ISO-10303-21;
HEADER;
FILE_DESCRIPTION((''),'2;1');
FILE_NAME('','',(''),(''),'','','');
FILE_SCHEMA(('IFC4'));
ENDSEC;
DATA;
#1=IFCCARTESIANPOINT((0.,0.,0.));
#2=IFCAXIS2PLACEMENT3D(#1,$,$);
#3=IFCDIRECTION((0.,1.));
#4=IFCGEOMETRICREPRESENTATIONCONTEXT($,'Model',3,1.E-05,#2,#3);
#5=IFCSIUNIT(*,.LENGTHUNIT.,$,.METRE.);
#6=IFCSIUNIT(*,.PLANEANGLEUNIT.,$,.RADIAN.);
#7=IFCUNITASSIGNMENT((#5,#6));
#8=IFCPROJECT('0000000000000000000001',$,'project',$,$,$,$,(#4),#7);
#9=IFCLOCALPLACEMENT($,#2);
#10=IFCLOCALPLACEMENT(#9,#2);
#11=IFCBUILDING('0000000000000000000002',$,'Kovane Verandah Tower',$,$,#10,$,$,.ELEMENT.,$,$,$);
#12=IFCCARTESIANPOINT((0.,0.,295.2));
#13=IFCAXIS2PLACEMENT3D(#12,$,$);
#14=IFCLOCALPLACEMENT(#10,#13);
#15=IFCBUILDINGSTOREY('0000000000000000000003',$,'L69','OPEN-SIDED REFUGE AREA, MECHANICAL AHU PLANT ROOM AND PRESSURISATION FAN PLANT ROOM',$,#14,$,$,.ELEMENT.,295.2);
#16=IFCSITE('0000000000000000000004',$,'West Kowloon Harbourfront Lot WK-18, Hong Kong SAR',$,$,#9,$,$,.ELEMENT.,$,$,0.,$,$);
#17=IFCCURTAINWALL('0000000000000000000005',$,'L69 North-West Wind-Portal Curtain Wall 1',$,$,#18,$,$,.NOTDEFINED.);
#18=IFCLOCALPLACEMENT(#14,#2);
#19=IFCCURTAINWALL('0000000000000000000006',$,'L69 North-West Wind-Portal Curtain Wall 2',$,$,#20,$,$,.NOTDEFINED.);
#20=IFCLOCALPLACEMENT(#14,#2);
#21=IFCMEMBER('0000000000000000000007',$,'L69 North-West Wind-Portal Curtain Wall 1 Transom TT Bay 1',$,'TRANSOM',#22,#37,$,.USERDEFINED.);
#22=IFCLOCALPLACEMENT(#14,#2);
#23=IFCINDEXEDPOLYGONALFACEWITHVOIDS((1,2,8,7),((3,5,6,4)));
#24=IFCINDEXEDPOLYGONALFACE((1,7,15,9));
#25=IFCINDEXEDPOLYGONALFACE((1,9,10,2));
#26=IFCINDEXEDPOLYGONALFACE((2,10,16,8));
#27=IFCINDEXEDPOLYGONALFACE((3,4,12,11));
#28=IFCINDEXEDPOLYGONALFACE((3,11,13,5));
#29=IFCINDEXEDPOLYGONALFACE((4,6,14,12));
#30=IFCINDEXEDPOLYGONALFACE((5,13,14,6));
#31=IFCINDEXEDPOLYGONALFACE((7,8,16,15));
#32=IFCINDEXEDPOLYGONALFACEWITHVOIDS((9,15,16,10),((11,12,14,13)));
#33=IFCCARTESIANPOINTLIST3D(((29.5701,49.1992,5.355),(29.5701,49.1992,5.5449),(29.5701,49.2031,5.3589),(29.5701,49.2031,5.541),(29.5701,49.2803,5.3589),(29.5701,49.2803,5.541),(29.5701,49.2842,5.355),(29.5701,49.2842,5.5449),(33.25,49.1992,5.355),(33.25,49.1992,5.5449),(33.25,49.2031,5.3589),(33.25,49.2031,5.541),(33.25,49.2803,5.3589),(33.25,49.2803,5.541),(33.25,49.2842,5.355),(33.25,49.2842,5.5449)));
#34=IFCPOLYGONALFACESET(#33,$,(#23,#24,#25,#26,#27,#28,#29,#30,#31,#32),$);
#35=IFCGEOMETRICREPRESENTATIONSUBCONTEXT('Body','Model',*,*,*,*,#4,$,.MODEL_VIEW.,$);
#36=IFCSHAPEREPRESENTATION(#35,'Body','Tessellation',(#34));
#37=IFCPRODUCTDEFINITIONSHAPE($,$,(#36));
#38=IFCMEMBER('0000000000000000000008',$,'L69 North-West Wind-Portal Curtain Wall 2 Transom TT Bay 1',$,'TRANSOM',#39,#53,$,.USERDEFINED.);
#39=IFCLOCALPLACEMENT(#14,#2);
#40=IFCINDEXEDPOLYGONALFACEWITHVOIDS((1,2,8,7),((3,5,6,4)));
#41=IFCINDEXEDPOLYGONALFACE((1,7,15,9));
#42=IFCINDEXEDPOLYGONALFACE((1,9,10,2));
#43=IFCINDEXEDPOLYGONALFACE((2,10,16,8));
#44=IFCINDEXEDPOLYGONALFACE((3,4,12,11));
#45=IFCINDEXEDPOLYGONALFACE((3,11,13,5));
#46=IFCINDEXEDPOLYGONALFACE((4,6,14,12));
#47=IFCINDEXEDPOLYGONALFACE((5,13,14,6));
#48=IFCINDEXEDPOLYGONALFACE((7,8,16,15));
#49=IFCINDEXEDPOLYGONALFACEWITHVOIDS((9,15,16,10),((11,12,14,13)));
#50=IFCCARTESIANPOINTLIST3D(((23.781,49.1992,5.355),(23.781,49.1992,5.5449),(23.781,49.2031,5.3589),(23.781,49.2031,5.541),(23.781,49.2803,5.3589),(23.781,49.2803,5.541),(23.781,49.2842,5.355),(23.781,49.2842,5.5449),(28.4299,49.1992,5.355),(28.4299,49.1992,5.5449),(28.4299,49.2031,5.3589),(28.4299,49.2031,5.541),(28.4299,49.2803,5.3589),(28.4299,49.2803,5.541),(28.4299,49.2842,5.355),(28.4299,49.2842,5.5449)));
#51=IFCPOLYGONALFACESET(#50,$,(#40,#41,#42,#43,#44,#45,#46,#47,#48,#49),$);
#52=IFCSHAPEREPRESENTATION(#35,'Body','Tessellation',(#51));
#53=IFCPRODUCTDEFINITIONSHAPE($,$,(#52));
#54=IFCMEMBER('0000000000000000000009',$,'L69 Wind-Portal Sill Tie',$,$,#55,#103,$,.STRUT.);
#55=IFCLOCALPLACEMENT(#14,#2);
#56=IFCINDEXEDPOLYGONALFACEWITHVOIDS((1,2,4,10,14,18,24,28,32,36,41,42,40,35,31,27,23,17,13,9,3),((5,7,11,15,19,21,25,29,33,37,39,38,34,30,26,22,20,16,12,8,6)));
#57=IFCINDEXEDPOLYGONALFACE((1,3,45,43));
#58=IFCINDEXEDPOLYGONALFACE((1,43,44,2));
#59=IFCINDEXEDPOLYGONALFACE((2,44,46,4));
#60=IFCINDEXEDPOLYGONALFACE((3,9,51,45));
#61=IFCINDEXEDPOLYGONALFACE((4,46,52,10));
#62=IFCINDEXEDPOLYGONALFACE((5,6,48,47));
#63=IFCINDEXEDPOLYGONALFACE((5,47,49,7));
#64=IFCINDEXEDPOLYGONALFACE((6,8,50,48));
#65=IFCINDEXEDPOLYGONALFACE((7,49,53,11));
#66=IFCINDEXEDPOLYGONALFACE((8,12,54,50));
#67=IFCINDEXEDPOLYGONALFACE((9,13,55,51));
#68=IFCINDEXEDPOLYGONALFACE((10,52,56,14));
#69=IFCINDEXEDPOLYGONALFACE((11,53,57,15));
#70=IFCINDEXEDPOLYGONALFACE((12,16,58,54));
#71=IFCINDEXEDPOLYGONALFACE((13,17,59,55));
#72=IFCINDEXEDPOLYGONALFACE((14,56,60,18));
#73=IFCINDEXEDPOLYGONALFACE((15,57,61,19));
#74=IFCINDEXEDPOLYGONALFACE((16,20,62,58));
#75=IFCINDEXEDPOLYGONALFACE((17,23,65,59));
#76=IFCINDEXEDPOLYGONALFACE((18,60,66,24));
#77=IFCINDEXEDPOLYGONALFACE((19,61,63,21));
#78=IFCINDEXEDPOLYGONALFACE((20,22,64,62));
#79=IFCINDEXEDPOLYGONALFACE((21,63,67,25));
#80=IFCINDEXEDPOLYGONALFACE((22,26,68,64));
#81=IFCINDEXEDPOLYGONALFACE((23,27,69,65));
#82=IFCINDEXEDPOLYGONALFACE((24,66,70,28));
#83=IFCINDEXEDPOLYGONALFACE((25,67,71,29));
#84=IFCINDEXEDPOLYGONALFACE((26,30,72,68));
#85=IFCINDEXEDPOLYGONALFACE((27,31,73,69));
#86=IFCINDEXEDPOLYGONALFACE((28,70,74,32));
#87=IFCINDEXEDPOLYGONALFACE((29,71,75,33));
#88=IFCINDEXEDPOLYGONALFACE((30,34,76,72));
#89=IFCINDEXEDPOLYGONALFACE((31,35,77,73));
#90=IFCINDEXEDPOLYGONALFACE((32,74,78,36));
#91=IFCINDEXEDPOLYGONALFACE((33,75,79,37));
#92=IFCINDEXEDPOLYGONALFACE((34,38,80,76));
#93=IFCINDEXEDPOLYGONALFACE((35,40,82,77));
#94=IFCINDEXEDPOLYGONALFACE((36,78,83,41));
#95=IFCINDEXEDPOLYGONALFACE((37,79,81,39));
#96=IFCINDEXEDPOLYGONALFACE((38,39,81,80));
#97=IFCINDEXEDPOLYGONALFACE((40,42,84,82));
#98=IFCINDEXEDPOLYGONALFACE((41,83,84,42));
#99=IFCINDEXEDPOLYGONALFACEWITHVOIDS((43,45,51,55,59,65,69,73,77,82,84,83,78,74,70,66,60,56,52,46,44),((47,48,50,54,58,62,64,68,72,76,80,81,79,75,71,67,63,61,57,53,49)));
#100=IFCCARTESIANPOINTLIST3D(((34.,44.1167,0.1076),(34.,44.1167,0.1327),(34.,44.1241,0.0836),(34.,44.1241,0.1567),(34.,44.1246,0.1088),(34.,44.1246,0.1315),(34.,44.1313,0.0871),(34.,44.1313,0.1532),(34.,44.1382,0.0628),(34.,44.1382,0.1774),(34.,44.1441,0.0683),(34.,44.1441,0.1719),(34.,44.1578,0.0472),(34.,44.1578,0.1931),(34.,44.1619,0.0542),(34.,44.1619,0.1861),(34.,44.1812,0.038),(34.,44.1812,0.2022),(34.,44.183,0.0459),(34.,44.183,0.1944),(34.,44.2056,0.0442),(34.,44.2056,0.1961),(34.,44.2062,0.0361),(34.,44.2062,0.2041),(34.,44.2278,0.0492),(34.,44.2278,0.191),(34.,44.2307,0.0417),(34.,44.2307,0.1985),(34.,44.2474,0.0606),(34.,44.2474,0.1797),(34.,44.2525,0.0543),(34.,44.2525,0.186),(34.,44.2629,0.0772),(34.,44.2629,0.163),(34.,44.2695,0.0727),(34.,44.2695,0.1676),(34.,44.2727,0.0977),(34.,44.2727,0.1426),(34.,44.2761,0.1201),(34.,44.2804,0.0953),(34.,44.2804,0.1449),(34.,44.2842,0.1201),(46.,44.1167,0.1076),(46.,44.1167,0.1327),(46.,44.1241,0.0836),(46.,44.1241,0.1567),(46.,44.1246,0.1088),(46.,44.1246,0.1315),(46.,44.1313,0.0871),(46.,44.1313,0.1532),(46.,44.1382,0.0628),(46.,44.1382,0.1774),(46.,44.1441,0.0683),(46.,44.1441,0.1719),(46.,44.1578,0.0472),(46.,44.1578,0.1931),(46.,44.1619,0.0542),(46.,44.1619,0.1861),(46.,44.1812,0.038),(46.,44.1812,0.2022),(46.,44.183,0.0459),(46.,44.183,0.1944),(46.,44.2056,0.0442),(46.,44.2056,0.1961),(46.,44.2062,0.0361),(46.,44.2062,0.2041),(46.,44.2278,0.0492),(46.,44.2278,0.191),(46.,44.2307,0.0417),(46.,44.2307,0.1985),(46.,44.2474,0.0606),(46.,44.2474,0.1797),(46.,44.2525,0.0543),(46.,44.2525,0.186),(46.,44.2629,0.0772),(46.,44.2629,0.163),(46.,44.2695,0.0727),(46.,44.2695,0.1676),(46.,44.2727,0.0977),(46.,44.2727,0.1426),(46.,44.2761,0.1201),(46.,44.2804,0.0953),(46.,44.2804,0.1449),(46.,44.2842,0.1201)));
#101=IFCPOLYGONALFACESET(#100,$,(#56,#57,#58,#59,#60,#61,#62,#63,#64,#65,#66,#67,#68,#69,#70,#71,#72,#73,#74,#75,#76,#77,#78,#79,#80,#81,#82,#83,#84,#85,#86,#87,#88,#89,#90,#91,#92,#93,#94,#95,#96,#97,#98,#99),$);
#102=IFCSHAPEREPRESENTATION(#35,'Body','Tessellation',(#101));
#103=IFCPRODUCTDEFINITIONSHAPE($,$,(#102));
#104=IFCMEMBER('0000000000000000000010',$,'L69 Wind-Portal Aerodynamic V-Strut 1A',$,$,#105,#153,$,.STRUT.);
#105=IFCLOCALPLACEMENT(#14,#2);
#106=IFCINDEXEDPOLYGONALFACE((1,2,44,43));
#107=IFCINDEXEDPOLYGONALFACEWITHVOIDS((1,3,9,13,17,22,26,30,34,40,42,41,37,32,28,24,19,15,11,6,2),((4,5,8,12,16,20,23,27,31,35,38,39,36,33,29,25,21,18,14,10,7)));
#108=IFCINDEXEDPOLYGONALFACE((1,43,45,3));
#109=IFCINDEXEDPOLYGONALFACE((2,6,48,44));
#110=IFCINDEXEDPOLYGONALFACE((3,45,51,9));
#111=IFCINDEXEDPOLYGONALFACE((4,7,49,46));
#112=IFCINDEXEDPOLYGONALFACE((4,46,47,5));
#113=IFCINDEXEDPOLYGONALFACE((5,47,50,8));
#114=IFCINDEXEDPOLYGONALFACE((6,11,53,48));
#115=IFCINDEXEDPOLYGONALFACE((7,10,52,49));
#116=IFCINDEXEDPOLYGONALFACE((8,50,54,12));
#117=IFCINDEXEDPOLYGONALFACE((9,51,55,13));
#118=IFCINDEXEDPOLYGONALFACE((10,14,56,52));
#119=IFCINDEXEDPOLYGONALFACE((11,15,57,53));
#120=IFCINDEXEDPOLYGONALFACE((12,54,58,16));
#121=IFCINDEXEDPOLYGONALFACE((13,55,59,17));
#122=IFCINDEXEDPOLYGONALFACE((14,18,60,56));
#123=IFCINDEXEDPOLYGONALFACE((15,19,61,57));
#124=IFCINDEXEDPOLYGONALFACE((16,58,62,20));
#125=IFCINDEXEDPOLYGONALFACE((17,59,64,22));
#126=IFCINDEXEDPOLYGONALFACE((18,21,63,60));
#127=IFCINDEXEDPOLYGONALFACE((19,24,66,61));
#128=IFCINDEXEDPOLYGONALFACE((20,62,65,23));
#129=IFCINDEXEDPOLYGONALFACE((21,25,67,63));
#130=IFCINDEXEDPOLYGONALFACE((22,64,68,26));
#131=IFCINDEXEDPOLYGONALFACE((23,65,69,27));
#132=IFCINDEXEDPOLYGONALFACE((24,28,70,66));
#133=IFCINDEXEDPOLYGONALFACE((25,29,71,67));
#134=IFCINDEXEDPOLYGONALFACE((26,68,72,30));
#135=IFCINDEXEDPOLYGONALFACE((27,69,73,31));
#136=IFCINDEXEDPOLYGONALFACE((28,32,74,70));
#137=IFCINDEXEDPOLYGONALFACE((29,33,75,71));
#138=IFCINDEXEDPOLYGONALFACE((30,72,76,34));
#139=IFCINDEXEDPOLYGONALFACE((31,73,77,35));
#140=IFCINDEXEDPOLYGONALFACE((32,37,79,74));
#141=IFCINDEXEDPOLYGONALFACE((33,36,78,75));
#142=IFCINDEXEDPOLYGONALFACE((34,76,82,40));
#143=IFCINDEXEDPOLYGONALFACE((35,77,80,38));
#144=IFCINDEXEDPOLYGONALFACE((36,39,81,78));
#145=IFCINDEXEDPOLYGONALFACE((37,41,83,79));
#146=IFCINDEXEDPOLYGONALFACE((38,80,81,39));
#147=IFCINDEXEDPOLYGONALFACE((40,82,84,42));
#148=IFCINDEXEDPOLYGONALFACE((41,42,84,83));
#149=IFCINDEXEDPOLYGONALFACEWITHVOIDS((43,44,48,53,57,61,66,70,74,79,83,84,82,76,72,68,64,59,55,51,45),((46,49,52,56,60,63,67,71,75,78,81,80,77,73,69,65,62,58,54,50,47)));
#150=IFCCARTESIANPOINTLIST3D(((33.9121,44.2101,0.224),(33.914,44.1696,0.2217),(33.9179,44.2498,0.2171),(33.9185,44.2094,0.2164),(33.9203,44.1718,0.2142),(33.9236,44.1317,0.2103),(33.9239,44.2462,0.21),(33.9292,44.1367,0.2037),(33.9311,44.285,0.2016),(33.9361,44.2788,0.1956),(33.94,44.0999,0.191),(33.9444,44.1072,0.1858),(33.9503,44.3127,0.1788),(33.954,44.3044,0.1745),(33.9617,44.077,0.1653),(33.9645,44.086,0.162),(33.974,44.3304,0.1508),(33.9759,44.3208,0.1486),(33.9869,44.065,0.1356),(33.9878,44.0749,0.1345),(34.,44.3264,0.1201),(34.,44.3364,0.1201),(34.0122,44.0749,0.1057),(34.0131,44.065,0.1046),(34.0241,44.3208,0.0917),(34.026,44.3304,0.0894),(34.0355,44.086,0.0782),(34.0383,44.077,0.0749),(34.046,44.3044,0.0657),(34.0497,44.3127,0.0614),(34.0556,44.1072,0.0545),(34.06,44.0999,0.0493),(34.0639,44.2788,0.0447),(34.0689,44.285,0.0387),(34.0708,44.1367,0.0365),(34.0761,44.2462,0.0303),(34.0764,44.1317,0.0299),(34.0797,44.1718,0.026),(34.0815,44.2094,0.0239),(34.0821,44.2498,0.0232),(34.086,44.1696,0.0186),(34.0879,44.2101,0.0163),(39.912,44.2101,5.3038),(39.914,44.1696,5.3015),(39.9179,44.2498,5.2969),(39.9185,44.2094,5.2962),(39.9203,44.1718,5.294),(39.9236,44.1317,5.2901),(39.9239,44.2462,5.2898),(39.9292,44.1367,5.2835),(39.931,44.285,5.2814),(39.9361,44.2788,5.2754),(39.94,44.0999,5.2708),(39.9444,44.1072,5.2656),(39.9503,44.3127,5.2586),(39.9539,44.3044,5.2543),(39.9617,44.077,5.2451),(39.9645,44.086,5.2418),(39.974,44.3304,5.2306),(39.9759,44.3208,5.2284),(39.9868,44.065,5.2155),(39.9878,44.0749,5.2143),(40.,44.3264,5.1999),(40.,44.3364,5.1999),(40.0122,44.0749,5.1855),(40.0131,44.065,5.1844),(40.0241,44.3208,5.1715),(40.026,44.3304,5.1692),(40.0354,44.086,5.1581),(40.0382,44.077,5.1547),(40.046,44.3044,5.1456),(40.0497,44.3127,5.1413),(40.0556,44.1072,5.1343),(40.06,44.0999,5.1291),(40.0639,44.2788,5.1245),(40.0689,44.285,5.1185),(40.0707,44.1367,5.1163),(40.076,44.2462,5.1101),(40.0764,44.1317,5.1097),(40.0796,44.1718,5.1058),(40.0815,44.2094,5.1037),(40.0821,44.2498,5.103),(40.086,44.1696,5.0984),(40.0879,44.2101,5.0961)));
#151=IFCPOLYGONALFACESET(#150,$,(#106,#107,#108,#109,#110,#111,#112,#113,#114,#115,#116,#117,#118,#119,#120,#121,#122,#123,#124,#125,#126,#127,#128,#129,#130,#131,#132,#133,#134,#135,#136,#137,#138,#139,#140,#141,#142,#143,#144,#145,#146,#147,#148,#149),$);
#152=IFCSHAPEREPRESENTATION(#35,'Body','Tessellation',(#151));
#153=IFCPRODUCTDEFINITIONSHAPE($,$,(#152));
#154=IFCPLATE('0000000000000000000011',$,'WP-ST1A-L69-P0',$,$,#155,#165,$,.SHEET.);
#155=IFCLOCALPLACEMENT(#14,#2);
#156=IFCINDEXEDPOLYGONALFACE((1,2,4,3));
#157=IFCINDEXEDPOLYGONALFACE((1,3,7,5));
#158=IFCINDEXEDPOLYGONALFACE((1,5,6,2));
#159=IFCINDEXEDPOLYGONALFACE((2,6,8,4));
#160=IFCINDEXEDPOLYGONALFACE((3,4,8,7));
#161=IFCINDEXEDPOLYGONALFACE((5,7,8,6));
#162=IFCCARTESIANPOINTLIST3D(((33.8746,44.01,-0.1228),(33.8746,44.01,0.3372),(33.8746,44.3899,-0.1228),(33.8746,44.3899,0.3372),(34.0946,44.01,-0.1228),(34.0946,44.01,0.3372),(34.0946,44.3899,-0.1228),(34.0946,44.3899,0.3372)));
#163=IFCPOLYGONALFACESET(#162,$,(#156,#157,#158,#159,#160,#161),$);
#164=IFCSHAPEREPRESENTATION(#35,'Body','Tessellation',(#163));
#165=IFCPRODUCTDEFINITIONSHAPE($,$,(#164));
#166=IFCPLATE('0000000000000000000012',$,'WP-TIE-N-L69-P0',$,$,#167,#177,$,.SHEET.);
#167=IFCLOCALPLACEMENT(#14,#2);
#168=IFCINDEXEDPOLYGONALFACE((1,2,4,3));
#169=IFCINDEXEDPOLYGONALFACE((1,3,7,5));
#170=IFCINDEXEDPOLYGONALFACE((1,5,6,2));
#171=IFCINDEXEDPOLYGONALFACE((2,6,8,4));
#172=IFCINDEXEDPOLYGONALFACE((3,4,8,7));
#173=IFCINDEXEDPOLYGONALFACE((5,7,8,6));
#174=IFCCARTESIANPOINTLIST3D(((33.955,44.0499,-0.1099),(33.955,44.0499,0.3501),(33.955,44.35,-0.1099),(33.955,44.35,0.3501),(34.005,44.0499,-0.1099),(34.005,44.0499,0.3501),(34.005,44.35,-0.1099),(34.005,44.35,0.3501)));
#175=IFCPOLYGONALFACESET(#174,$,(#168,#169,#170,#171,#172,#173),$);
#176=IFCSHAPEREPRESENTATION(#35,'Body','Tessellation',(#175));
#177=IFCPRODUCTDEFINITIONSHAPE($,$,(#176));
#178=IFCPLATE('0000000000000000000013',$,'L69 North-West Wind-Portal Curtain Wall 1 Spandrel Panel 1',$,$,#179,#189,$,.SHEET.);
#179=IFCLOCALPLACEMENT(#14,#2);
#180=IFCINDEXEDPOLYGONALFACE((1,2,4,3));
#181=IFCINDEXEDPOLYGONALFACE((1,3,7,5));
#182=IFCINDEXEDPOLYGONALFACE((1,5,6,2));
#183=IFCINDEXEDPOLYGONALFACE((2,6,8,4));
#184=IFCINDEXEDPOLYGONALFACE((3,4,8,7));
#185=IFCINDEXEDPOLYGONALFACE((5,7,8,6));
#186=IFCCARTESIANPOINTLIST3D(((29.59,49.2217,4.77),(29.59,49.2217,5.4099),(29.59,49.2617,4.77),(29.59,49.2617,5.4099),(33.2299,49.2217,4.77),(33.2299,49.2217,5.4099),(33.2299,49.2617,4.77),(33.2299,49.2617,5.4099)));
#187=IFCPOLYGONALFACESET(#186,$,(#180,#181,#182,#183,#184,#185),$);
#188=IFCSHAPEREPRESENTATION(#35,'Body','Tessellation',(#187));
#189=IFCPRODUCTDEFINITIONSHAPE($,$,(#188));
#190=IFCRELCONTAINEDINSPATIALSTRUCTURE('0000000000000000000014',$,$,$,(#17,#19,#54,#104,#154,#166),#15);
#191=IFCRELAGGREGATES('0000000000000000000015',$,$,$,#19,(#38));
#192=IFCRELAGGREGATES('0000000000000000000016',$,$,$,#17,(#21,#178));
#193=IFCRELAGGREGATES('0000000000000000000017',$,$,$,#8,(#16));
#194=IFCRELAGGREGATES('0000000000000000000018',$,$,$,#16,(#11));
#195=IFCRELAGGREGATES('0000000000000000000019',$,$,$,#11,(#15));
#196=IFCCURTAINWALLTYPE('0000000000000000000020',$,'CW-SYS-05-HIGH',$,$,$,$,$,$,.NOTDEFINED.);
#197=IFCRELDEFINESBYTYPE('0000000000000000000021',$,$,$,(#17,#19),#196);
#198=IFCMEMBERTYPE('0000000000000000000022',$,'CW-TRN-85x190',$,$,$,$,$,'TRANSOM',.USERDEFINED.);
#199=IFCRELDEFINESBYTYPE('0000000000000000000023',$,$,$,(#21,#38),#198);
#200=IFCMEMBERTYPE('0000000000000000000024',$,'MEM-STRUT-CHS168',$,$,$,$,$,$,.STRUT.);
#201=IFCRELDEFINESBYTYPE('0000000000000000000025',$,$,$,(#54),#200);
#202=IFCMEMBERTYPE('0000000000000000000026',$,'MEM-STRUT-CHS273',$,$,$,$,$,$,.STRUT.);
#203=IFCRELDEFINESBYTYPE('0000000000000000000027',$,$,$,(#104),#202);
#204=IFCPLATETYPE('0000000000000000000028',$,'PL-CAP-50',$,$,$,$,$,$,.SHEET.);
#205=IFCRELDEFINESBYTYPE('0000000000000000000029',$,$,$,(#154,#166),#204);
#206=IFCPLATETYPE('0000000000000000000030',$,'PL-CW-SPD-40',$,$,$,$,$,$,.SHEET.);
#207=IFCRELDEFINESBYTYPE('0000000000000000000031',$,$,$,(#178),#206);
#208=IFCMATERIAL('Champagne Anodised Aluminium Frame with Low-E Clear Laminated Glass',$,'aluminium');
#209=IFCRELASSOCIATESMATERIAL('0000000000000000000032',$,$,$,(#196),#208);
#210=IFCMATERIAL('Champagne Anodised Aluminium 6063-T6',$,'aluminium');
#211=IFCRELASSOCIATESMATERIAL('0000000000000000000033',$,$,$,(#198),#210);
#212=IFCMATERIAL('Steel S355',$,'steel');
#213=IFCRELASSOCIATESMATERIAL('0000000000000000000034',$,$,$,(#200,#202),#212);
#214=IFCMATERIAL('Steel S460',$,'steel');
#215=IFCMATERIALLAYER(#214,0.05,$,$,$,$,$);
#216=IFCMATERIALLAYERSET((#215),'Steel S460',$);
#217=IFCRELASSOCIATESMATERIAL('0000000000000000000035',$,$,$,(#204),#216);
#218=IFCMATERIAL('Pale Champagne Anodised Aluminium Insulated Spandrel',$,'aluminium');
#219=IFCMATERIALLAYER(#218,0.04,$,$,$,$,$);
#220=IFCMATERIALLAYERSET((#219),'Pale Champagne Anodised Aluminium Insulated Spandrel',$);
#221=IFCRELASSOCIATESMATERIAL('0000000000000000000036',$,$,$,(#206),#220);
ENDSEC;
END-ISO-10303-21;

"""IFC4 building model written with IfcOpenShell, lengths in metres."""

from ifc_helpers import new_model, si_unit, direction, frame, origin, origin_2d, place, context, subcontext, project, spatial, rectangle, hollow_rectangle, hollow_circle, extrude, material, layer, layer_set, material_profile, profile_set, type_object, element, aggregate, save


model = new_model("IFC4")

# Units and contexts
model_context = context("Model", 3, precision=1e-05, world=origin(), true_north=direction((0.0, 1.0)))
body_context = subcontext(model_context, "Body", "Model", "MODEL_VIEW")
ifc_project = project(units=[si_unit("LENGTHUNIT", "METRE"), si_unit("PLANEANGLEUNIT", "RADIAN")], contexts=[model_context])

# Site, building, storey
site_placement = place(None, origin())
site = spatial("IfcSite", under=ifc_project, at=site_placement, Name="West Kowloon Harbourfront Lot WK-18, Hong Kong SAR", CompositionType="ELEMENT", RefElevation=0.0)
building_placement = place(site_placement, origin())
building = spatial("IfcBuilding", under=site, at=building_placement, Name="Kovane Verandah Tower", CompositionType="ELEMENT")
storey_placement = place(building_placement, frame((0.0, 0.0, 295.2)))
storey = spatial("IfcBuildingStorey", under=building, at=storey_placement, Name="L69", Description="OPEN-SIDED REFUGE AREA, MECHANICAL AHU PLANT ROOM AND PRESSURISATION FAN PLANT ROOM", CompositionType="ELEMENT", Elevation=295.2)

# Shared definitions
ifc_material_1 = material(Name="Steel S460", Category="steel")

# Curtain wall
ifc_material_2 = material(Name="Champagne Anodised Aluminium Frame with Low-E Clear Laminated Glass", Category="aluminium")
curtain_wall_type = type_object("IfcCurtainWallType", Name="CW-SYS-05-HIGH", PredefinedType="NOTDEFINED", material=ifc_material_2)
curtain_wall_1_placement = place(storey_placement, origin())
curtain_wall_1 = element("IfcCurtainWall", 1, at=curtain_wall_1_placement, inside=storey, type_object=curtain_wall_type, Name="L69 North-West Wind-Portal Curtain Wall 1", PredefinedType="NOTDEFINED")
ifc_material_3 = material(Name="Champagne Anodised Aluminium 6063-T6", Category="aluminium")

# Curtain wall
curtain_wall_2_placement = place(storey_placement, origin())
curtain_wall_2 = element("IfcCurtainWall", 2, at=curtain_wall_2_placement, inside=storey, type_object=curtain_wall_type, Name="L69 North-West Wind-Portal Curtain Wall 2", PredefinedType="NOTDEFINED")

# Members
ifc_material_profile_1 = material_profile(ifc_material_3, hollow_rectangle(XDim=0.085, YDim=0.1899, WallThickness=0.0039, at=origin_2d()), Name="AL85x190x4")
ifc_profile_set_1 = profile_set([ifc_material_profile_1], Name="Champagne Anodised Aluminium 6063-T6")
member_type_1 = type_object("IfcMemberType", Name="CW-TRN-85x190", ElementType="TRANSOM", PredefinedType="USERDEFINED", material=ifc_profile_set_1)
member_1_placement = place(storey_placement, frame((33.25, 49.2417, 5.45), z_axis=(-1.0, 0.0, 0.0), x_axis=(0.0, -1.0, 0.0)))
member_1 = element("IfcMember", 3, at=member_1_placement, type_object=member_type_1, Name="L69 North-West Wind-Portal Curtain Wall 1 Transom TT Bay 1", ObjectType="TRANSOM", PredefinedType="USERDEFINED", context=body_context, shape_type="SweptSolid", body=[
    extrude(hollow_rectangle(XDim=0.085, YDim=0.1899, WallThickness=0.0039, at=origin_2d()), origin(), (0.0, 0.0, 1.0), 3.6799),
])
member_2_placement = place(storey_placement, frame((28.4299, 49.2417, 5.45), z_axis=(-1.0, 0.0, 0.0), x_axis=(0.0, -1.0, 0.0)))
member_2 = element("IfcMember", 4, at=member_2_placement, type_object=member_type_1, Name="L69 North-West Wind-Portal Curtain Wall 2 Transom TT Bay 1", ObjectType="TRANSOM", PredefinedType="USERDEFINED", context=body_context, shape_type="SweptSolid", body=[
    extrude(hollow_rectangle(XDim=0.085, YDim=0.1899, WallThickness=0.0039, at=origin_2d()), origin(), (0.0, 0.0, 1.0), 4.6489),
])
aggregate(curtain_wall_2, [member_2])

# Members
ifc_material_4 = material(Name="Steel S355", Category="steel")
ifc_material_profile_2 = material_profile(ifc_material_4, hollow_circle(Radius=0.0842, WallThickness=0.0081, at=origin_2d()), Name="CHS168.3x8")
ifc_profile_set_2 = profile_set([ifc_material_profile_2], Name="Steel S355")
member_type_2 = type_object("IfcMemberType", Name="MEM-STRUT-CHS168", PredefinedType="STRUT", material=ifc_profile_set_2)
member_3_placement = place(storey_placement, frame((34.0, 44.2, 0.1201), z_axis=(1.0, 0.0, 0.0), x_axis=(0.0, 1.0, 0.0)))
element("IfcMember", 5, at=member_3_placement, inside=storey, type_object=member_type_2, Name="L69 Wind-Portal Sill Tie", PredefinedType="STRUT", context=body_context, shape_type="SweptSolid", body=[
    extrude(hollow_circle(Radius=0.0842, WallThickness=0.0081, at=origin_2d()), origin(), (0.0, 0.0, 1.0), 12.0),
])
ifc_material_profile_3 = material_profile(ifc_material_4, hollow_circle(Radius=0.1365, WallThickness=0.01, at=origin_2d()), Name="CHS273x10")
ifc_profile_set_3 = profile_set([ifc_material_profile_3], Name="Steel S355")
member_type_3 = type_object("IfcMemberType", Name="MEM-STRUT-CHS273", PredefinedType="STRUT", material=ifc_profile_set_3)
member_4_placement = place(storey_placement, frame((34.0, 44.2, 0.1201), z_axis=(0.763204, 0.0, 0.646158), x_axis=(0.0, 1.0, 0.0)))
element("IfcMember", 6, at=member_4_placement, inside=storey, type_object=member_type_3, Name="L69 Wind-Portal Aerodynamic V-Strut 1A", PredefinedType="STRUT", context=body_context, shape_type="SweptSolid", body=[
    extrude(hollow_circle(Radius=0.1365, WallThickness=0.01, at=origin_2d()), origin(), (0.0, 0.0, 1.0), 7.8616),
])

# Plates
ifc_layer_1 = layer(ifc_material_1, 0.05)
ifc_layer_set_1 = layer_set([ifc_layer_1], Name="Steel S460")
plate_type_1 = type_object("IfcPlateType", Name="PL-CAP-50", PredefinedType="SHEET", material=ifc_layer_set_1)
plate_1_placement = place(storey_placement, frame((33.9846, 44.2, -0.1228), z_axis=(0.0, 0.0, 1.0), x_axis=(1.0, 0.0, 0.0)))
element("IfcPlate", 7, at=plate_1_placement, inside=storey, type_object=plate_type_1, Name="WP-ST1A-L69-P0", PredefinedType="SHEET", context=body_context, shape_type="SweptSolid", body=[
    extrude(rectangle(XDim=0.22, YDim=0.3799, at=origin_2d()), origin(), (0.0, 0.0, 1.0), 0.46),
])
plate_2_placement = place(storey_placement, frame((33.98, 44.2, -0.1099), z_axis=(0.0, 0.0, 1.0), x_axis=(1.0, 0.0, 0.0)))
element("IfcPlate", 8, at=plate_2_placement, inside=storey, type_object=plate_type_1, Name="WP-TIE-N-L69-P0", PredefinedType="SHEET", context=body_context, shape_type="SweptSolid", body=[
    extrude(rectangle(XDim=0.05, YDim=0.3, at=origin_2d()), origin(), (0.0, 0.0, 1.0), 0.46),
])

# Plate
ifc_material_5 = material(Name="Pale Champagne Anodised Aluminium Insulated Spandrel", Category="aluminium")
ifc_layer_2 = layer(ifc_material_5, 0.04)
ifc_layer_set_2 = layer_set([ifc_layer_2], Name="Pale Champagne Anodised Aluminium Insulated Spandrel")
plate_type_2 = type_object("IfcPlateType", Name="PL-CW-SPD-40", PredefinedType="SHEET", material=ifc_layer_set_2)
plate_3_placement = place(storey_placement, frame((31.4099, 49.2417, 4.77), z_axis=(0.0, 0.0, 1.0), x_axis=(-1.0, 0.0, 0.0)))
plate_3 = element("IfcPlate", 9, at=plate_3_placement, type_object=plate_type_2, Name="L69 North-West Wind-Portal Curtain Wall 1 Spandrel Panel 1", PredefinedType="SHEET", context=body_context, shape_type="SweptSolid", body=[
    extrude(rectangle(XDim=3.6399, YDim=0.04, at=origin_2d()), origin(), (0.0, 0.0, 1.0), 0.6399),
])
aggregate(curtain_wall_1, [member_1, plate_3])

save(model, "model.ifc")
